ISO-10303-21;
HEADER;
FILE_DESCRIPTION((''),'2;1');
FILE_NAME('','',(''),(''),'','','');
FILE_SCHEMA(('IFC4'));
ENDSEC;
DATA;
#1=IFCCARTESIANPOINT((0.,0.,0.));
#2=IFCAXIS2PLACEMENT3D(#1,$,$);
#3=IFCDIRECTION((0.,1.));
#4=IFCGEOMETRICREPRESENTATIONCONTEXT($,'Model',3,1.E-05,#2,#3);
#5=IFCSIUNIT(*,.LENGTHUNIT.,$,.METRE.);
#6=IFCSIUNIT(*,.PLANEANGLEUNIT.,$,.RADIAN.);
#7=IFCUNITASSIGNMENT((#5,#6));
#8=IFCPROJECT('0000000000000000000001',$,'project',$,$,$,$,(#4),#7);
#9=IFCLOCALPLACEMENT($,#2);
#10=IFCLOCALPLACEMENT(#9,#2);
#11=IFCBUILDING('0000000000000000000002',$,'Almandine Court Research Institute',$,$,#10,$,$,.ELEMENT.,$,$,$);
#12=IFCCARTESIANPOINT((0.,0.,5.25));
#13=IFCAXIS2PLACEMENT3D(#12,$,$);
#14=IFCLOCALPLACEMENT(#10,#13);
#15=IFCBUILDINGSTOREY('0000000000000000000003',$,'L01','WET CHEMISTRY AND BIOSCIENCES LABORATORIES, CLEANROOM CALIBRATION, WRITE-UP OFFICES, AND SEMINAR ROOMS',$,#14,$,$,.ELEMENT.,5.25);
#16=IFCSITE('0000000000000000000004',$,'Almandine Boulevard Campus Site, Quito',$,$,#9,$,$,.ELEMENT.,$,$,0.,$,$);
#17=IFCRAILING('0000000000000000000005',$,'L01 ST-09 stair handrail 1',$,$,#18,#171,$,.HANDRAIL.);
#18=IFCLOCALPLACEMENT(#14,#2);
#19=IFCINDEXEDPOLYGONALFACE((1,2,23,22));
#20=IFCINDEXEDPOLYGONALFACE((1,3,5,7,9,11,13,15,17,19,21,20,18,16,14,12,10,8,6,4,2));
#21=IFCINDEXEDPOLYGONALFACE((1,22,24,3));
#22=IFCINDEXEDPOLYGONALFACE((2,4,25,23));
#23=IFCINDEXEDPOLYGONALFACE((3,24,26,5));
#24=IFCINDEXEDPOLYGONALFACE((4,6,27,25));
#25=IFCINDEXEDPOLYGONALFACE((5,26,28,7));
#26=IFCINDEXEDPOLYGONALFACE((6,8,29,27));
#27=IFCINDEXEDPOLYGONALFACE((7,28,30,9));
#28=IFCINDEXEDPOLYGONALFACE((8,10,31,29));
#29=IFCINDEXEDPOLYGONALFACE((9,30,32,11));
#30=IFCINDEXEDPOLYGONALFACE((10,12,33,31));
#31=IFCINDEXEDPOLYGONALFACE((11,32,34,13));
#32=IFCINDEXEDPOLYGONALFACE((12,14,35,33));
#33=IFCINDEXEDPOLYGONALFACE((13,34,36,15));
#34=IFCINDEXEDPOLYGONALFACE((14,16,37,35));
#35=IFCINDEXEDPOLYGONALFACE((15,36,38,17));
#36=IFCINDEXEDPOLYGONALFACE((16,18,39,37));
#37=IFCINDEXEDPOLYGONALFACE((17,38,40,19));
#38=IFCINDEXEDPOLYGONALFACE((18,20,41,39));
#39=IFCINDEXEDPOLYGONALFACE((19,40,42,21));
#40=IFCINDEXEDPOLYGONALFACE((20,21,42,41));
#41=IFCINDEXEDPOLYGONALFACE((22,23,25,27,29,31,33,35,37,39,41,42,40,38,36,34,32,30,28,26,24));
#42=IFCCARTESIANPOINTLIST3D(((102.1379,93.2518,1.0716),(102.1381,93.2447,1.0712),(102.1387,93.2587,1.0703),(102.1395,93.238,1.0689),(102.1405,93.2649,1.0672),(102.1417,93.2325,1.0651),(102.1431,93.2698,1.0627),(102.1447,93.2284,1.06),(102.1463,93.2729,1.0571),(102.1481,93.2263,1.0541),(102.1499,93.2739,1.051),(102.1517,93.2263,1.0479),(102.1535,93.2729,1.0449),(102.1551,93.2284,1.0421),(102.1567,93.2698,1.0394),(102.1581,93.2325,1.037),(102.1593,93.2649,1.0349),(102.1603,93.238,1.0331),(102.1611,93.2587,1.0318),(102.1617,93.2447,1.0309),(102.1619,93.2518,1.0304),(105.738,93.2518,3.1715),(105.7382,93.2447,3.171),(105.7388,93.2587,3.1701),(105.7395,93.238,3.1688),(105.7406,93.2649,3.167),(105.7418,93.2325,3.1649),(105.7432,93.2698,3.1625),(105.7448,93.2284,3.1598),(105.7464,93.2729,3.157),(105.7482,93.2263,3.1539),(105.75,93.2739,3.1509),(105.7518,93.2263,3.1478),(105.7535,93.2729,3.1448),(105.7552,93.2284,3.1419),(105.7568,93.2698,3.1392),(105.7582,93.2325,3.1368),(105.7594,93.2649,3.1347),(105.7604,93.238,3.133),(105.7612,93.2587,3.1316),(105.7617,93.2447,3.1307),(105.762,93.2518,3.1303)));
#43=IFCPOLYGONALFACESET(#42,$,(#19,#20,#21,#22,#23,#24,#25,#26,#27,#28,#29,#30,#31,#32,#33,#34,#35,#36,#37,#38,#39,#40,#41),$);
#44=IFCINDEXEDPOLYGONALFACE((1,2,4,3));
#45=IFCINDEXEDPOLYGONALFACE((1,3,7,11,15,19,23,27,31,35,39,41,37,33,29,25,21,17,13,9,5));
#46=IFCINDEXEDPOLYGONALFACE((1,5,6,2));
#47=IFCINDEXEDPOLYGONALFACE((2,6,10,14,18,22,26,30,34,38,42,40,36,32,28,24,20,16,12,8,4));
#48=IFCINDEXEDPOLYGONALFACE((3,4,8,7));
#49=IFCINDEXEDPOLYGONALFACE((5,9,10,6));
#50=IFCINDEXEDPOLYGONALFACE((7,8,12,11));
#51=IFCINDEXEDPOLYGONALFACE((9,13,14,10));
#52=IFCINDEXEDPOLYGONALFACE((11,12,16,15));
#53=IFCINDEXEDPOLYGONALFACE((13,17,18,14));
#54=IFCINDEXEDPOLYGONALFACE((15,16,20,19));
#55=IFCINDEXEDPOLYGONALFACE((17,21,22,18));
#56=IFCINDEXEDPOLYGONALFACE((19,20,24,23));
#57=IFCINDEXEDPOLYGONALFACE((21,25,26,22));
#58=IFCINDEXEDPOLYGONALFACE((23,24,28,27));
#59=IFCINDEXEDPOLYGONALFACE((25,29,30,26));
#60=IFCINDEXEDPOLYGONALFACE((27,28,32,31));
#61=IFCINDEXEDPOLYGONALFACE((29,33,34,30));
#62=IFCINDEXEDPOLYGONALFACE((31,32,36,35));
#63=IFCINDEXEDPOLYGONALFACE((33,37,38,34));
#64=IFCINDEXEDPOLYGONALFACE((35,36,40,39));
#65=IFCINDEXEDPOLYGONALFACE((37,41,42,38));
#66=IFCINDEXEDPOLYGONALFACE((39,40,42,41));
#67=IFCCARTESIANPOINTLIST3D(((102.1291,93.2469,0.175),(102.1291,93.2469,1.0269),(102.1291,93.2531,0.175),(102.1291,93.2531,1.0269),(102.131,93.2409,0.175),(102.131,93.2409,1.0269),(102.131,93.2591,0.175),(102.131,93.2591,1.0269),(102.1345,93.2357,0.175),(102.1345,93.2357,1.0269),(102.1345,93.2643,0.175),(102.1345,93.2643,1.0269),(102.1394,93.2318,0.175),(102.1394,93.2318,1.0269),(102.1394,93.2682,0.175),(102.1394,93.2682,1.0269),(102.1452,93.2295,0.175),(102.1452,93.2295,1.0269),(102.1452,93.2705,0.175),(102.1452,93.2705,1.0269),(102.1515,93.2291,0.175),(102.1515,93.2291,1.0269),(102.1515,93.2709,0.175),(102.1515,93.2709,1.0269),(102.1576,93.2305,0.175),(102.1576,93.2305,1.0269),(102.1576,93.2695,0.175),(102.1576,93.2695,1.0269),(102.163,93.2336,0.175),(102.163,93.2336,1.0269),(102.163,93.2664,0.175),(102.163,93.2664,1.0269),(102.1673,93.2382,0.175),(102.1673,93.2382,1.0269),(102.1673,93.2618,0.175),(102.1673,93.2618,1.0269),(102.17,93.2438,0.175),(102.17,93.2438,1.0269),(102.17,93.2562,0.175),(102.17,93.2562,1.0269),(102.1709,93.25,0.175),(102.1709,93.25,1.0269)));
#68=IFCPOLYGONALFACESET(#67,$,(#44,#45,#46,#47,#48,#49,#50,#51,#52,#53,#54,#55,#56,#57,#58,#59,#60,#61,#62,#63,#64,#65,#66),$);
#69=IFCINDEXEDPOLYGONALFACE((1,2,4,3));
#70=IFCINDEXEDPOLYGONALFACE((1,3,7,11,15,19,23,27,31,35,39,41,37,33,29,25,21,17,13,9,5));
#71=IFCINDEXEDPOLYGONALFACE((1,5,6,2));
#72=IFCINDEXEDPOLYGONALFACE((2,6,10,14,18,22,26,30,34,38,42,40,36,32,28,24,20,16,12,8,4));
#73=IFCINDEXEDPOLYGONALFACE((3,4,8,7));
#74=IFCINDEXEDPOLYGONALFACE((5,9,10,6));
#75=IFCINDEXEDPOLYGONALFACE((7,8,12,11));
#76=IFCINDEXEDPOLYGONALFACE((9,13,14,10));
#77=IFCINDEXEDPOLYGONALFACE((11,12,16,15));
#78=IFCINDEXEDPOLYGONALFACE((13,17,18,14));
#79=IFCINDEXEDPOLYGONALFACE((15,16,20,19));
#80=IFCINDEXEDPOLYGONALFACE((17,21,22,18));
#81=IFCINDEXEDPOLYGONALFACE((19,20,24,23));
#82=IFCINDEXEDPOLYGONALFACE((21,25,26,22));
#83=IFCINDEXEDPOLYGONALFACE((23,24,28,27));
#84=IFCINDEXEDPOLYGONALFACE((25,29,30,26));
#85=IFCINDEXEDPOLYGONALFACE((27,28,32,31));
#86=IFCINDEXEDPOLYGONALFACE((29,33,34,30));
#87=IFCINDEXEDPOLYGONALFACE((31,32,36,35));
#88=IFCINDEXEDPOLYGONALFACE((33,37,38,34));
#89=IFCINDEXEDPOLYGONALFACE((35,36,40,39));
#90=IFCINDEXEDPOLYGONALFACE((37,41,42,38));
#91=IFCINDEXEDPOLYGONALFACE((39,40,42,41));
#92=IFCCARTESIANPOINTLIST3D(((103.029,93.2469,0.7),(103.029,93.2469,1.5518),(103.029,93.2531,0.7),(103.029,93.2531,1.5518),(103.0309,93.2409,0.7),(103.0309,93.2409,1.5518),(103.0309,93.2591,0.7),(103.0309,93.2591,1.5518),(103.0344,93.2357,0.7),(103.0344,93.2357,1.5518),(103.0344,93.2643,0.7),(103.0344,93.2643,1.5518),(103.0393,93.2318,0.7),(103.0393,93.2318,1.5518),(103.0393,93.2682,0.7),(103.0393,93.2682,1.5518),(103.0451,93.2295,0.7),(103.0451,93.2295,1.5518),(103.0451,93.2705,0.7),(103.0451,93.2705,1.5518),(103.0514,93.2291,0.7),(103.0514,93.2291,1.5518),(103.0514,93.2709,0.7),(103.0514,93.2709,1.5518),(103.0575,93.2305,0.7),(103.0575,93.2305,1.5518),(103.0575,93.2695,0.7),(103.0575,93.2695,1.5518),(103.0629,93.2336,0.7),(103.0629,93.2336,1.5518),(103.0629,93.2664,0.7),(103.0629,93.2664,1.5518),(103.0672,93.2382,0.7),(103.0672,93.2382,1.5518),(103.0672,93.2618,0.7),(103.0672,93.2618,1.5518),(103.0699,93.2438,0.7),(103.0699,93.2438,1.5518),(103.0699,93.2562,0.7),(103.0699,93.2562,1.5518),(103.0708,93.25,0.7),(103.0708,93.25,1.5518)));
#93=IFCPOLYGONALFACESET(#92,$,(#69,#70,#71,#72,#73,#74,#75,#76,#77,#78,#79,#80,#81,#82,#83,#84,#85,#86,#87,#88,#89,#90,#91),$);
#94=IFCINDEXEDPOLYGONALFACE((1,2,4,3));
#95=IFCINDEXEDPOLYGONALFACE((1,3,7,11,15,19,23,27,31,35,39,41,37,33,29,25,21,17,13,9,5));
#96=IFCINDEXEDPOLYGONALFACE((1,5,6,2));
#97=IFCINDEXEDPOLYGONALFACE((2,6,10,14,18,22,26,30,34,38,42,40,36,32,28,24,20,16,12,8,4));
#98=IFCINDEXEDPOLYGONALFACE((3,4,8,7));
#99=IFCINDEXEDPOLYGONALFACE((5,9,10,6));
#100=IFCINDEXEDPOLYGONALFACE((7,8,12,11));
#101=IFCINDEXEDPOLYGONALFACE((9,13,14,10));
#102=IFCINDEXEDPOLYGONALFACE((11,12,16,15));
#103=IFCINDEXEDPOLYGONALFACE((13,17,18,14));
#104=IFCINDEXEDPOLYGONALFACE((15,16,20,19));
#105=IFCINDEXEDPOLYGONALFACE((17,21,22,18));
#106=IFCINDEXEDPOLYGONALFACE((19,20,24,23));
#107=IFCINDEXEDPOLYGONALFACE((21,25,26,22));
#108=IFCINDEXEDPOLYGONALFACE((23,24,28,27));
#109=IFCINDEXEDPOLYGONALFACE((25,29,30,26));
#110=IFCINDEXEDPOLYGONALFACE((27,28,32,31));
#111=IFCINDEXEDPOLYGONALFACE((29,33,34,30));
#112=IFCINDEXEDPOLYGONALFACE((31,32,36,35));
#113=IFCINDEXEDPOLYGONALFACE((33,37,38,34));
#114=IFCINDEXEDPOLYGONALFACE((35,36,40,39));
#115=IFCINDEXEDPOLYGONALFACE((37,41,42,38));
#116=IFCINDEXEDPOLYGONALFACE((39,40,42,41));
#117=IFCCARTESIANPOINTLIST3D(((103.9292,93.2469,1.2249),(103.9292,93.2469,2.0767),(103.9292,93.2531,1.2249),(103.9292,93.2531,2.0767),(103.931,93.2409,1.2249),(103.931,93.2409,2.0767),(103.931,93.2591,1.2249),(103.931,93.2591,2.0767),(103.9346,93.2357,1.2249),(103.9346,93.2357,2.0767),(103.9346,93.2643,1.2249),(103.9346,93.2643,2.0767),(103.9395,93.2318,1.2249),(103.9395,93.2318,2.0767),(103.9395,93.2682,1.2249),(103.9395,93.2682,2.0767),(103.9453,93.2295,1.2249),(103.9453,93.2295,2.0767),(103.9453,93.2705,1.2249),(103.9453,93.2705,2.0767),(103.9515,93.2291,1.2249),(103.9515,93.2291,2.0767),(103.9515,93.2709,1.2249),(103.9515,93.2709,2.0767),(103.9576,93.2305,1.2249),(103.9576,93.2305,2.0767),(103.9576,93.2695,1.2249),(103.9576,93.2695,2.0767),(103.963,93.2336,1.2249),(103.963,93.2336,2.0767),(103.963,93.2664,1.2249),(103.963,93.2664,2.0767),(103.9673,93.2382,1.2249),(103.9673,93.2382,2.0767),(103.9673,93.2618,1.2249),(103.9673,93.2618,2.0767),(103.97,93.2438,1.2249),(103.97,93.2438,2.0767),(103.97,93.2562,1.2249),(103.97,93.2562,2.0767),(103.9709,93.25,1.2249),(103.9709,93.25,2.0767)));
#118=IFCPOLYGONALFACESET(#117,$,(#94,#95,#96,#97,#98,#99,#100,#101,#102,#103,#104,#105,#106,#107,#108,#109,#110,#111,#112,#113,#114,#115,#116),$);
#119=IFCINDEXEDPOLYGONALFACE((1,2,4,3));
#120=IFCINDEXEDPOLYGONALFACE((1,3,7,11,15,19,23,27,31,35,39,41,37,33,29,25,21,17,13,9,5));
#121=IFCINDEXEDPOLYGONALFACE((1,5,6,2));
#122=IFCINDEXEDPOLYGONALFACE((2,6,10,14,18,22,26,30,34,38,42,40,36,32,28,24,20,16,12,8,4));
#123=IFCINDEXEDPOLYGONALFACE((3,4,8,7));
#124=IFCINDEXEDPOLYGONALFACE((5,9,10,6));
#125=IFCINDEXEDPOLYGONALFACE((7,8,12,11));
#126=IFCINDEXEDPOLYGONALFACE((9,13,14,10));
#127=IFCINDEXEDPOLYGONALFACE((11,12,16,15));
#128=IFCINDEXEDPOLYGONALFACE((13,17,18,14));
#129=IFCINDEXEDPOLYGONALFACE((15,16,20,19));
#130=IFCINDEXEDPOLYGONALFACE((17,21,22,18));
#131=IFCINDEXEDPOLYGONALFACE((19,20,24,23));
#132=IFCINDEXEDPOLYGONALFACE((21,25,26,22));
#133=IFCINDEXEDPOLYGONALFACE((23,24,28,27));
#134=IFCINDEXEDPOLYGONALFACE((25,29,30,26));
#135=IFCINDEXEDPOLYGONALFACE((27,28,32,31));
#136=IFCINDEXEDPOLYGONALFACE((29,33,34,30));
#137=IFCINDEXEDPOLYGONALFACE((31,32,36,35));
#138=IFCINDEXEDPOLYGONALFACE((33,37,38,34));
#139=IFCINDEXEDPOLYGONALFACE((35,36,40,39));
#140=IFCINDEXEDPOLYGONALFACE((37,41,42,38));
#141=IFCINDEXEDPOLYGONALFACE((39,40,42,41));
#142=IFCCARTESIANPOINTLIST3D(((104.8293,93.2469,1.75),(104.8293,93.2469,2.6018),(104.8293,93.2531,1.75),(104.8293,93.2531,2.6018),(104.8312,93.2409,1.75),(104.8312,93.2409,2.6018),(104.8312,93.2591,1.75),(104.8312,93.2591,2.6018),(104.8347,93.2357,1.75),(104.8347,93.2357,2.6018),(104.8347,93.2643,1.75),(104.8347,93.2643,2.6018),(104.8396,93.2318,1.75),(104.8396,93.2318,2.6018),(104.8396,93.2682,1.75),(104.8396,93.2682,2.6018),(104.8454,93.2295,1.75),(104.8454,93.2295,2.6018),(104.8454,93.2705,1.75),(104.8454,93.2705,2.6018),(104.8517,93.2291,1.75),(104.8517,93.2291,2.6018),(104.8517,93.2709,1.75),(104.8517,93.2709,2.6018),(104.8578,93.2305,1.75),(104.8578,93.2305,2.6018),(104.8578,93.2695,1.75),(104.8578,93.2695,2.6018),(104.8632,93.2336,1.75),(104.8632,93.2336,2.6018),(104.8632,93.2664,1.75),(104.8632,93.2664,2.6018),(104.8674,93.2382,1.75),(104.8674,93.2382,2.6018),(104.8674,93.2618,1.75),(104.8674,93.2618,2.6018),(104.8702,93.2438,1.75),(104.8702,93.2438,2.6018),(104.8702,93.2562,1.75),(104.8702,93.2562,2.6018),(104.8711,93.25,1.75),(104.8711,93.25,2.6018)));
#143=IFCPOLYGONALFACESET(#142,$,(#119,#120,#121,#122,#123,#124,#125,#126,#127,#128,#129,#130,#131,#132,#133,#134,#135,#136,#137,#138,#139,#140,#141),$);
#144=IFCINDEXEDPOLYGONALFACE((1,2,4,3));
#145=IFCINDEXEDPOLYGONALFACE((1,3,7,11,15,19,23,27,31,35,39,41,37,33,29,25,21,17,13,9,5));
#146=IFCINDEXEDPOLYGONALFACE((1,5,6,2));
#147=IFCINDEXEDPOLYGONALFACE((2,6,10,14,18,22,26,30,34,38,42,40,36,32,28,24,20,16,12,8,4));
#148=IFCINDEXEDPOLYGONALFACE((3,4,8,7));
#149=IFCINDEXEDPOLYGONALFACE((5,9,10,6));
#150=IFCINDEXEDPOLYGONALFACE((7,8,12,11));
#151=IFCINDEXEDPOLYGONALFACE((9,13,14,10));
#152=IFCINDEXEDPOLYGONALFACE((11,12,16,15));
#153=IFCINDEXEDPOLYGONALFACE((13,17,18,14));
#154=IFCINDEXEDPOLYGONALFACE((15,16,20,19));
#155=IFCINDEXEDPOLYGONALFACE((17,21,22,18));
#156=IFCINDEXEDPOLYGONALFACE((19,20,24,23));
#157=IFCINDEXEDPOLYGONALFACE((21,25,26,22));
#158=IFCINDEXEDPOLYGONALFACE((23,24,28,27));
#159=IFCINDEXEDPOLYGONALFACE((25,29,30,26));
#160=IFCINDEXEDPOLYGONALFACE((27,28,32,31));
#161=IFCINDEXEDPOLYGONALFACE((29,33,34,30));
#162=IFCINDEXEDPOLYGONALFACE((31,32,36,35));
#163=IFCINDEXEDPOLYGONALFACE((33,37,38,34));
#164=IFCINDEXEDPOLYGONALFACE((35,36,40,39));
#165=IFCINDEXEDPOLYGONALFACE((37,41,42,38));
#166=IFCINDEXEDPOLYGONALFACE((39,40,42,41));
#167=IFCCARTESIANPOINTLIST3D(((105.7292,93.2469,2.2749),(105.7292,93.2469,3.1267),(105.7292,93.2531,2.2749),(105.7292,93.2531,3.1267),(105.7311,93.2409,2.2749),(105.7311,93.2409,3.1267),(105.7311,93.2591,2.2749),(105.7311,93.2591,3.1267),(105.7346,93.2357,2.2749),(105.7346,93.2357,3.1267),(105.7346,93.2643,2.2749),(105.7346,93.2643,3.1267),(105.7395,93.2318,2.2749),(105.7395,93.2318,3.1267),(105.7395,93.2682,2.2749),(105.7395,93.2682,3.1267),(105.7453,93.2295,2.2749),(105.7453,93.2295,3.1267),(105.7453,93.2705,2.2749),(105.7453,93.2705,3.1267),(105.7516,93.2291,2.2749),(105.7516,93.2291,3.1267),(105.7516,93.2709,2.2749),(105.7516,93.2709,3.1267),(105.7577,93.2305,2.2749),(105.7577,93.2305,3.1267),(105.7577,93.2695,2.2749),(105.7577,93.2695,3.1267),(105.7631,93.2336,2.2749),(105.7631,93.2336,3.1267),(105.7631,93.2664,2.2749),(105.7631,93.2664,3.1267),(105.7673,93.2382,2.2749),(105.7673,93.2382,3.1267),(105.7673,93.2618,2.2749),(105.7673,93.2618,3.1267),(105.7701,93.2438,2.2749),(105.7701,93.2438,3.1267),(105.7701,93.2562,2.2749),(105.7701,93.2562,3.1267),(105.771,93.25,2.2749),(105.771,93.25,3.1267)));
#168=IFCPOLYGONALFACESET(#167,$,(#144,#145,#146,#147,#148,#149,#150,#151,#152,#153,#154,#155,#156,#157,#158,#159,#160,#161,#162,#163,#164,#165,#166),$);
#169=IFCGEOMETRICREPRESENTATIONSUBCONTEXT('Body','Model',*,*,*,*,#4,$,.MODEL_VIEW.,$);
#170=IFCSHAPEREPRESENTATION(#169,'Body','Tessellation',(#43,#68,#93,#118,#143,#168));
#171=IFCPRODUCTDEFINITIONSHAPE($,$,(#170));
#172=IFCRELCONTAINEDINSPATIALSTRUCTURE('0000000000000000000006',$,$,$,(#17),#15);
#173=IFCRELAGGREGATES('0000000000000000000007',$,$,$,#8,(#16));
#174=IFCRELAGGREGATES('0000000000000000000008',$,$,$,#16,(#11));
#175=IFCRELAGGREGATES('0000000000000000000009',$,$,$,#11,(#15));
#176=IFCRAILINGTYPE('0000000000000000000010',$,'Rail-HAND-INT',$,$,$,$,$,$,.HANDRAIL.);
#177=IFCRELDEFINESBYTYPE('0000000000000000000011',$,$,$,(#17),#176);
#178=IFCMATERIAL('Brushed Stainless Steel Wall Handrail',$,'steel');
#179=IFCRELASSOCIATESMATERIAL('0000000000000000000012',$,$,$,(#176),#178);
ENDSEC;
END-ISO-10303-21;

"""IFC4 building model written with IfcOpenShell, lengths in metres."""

from ifc_helpers import new_model, si_unit, direction, frame, origin, origin_2d, place, context, subcontext, project, spatial, circle, extrude, material, type_object, element, save


model = new_model("IFC4")

# Units and contexts
model_context = context("Model", 3, precision=1e-05, world=origin(), true_north=direction((0.0, 1.0)))
body_context = subcontext(model_context, "Body", "Model", "MODEL_VIEW")
ifc_project = project(units=[si_unit("LENGTHUNIT", "METRE"), si_unit("PLANEANGLEUNIT", "RADIAN")], contexts=[model_context])

# Site, building, storey
site_placement = place(None, origin())
site = spatial("IfcSite", under=ifc_project, at=site_placement, Name="Almandine Boulevard Campus Site, Quito", CompositionType="ELEMENT", RefElevation=0.0)
building_placement = place(site_placement, origin())
building = spatial("IfcBuilding", under=site, at=building_placement, Name="Almandine Court Research Institute", CompositionType="ELEMENT")
storey_placement = place(building_placement, frame((0.0, 0.0, 5.25)))
storey = spatial("IfcBuildingStorey", under=building, at=storey_placement, Name="L01", Description="WET CHEMISTRY AND BIOSCIENCES LABORATORIES, CLEANROOM CALIBRATION, WRITE-UP OFFICES, AND SEMINAR ROOMS", CompositionType="ELEMENT", Elevation=5.25)

# Railing
ifc_material_1 = material(Name="Brushed Stainless Steel Wall Handrail", Category="steel")
railing_type_1 = type_object("IfcRailingType", Name="Rail-HAND-INT", PredefinedType="HANDRAIL", material=ifc_material_1)
railing_1_placement = place(storey_placement, frame((102.1499, 93.25, 0.175)))
element("IfcRailing", 1, at=railing_1_placement, inside=storey, type_object=railing_type_1, Name="L01 ST-09 stair handrail 1", PredefinedType="HANDRAIL", context=body_context, shape_type="SweptSolid", body=[
    extrude(circle(Radius=0.0239, at=origin_2d()), frame((0.0, 0.0, 0.876), z_axis=(0.8638, 0.0, 0.503835), x_axis=(0.0, 1.0, 0.0)), (0.0, 0.0, 1.0), 4.1677),
    extrude(circle(Radius=0.021, at=origin_2d()), origin(), (0.0, 0.0, 1.0), 0.8518),
    extrude(circle(Radius=0.021, at=origin_2d()), frame((0.8999, 0.0, 0.5249)), (0.0, 0.0, 1.0), 0.8518),
    extrude(circle(Radius=0.021, at=origin_2d()), frame((1.8, 0.0, 1.0498)), (0.0, 0.0, 1.0), 0.8518),
    extrude(circle(Radius=0.021, at=origin_2d()), frame((2.7002, 0.0, 1.575)), (0.0, 0.0, 1.0), 0.8518),
    extrude(circle(Radius=0.021, at=origin_2d()), frame((3.6001, 0.0, 2.0999)), (0.0, 0.0, 1.0), 0.8518),
])

save(model, "model.ifc")
